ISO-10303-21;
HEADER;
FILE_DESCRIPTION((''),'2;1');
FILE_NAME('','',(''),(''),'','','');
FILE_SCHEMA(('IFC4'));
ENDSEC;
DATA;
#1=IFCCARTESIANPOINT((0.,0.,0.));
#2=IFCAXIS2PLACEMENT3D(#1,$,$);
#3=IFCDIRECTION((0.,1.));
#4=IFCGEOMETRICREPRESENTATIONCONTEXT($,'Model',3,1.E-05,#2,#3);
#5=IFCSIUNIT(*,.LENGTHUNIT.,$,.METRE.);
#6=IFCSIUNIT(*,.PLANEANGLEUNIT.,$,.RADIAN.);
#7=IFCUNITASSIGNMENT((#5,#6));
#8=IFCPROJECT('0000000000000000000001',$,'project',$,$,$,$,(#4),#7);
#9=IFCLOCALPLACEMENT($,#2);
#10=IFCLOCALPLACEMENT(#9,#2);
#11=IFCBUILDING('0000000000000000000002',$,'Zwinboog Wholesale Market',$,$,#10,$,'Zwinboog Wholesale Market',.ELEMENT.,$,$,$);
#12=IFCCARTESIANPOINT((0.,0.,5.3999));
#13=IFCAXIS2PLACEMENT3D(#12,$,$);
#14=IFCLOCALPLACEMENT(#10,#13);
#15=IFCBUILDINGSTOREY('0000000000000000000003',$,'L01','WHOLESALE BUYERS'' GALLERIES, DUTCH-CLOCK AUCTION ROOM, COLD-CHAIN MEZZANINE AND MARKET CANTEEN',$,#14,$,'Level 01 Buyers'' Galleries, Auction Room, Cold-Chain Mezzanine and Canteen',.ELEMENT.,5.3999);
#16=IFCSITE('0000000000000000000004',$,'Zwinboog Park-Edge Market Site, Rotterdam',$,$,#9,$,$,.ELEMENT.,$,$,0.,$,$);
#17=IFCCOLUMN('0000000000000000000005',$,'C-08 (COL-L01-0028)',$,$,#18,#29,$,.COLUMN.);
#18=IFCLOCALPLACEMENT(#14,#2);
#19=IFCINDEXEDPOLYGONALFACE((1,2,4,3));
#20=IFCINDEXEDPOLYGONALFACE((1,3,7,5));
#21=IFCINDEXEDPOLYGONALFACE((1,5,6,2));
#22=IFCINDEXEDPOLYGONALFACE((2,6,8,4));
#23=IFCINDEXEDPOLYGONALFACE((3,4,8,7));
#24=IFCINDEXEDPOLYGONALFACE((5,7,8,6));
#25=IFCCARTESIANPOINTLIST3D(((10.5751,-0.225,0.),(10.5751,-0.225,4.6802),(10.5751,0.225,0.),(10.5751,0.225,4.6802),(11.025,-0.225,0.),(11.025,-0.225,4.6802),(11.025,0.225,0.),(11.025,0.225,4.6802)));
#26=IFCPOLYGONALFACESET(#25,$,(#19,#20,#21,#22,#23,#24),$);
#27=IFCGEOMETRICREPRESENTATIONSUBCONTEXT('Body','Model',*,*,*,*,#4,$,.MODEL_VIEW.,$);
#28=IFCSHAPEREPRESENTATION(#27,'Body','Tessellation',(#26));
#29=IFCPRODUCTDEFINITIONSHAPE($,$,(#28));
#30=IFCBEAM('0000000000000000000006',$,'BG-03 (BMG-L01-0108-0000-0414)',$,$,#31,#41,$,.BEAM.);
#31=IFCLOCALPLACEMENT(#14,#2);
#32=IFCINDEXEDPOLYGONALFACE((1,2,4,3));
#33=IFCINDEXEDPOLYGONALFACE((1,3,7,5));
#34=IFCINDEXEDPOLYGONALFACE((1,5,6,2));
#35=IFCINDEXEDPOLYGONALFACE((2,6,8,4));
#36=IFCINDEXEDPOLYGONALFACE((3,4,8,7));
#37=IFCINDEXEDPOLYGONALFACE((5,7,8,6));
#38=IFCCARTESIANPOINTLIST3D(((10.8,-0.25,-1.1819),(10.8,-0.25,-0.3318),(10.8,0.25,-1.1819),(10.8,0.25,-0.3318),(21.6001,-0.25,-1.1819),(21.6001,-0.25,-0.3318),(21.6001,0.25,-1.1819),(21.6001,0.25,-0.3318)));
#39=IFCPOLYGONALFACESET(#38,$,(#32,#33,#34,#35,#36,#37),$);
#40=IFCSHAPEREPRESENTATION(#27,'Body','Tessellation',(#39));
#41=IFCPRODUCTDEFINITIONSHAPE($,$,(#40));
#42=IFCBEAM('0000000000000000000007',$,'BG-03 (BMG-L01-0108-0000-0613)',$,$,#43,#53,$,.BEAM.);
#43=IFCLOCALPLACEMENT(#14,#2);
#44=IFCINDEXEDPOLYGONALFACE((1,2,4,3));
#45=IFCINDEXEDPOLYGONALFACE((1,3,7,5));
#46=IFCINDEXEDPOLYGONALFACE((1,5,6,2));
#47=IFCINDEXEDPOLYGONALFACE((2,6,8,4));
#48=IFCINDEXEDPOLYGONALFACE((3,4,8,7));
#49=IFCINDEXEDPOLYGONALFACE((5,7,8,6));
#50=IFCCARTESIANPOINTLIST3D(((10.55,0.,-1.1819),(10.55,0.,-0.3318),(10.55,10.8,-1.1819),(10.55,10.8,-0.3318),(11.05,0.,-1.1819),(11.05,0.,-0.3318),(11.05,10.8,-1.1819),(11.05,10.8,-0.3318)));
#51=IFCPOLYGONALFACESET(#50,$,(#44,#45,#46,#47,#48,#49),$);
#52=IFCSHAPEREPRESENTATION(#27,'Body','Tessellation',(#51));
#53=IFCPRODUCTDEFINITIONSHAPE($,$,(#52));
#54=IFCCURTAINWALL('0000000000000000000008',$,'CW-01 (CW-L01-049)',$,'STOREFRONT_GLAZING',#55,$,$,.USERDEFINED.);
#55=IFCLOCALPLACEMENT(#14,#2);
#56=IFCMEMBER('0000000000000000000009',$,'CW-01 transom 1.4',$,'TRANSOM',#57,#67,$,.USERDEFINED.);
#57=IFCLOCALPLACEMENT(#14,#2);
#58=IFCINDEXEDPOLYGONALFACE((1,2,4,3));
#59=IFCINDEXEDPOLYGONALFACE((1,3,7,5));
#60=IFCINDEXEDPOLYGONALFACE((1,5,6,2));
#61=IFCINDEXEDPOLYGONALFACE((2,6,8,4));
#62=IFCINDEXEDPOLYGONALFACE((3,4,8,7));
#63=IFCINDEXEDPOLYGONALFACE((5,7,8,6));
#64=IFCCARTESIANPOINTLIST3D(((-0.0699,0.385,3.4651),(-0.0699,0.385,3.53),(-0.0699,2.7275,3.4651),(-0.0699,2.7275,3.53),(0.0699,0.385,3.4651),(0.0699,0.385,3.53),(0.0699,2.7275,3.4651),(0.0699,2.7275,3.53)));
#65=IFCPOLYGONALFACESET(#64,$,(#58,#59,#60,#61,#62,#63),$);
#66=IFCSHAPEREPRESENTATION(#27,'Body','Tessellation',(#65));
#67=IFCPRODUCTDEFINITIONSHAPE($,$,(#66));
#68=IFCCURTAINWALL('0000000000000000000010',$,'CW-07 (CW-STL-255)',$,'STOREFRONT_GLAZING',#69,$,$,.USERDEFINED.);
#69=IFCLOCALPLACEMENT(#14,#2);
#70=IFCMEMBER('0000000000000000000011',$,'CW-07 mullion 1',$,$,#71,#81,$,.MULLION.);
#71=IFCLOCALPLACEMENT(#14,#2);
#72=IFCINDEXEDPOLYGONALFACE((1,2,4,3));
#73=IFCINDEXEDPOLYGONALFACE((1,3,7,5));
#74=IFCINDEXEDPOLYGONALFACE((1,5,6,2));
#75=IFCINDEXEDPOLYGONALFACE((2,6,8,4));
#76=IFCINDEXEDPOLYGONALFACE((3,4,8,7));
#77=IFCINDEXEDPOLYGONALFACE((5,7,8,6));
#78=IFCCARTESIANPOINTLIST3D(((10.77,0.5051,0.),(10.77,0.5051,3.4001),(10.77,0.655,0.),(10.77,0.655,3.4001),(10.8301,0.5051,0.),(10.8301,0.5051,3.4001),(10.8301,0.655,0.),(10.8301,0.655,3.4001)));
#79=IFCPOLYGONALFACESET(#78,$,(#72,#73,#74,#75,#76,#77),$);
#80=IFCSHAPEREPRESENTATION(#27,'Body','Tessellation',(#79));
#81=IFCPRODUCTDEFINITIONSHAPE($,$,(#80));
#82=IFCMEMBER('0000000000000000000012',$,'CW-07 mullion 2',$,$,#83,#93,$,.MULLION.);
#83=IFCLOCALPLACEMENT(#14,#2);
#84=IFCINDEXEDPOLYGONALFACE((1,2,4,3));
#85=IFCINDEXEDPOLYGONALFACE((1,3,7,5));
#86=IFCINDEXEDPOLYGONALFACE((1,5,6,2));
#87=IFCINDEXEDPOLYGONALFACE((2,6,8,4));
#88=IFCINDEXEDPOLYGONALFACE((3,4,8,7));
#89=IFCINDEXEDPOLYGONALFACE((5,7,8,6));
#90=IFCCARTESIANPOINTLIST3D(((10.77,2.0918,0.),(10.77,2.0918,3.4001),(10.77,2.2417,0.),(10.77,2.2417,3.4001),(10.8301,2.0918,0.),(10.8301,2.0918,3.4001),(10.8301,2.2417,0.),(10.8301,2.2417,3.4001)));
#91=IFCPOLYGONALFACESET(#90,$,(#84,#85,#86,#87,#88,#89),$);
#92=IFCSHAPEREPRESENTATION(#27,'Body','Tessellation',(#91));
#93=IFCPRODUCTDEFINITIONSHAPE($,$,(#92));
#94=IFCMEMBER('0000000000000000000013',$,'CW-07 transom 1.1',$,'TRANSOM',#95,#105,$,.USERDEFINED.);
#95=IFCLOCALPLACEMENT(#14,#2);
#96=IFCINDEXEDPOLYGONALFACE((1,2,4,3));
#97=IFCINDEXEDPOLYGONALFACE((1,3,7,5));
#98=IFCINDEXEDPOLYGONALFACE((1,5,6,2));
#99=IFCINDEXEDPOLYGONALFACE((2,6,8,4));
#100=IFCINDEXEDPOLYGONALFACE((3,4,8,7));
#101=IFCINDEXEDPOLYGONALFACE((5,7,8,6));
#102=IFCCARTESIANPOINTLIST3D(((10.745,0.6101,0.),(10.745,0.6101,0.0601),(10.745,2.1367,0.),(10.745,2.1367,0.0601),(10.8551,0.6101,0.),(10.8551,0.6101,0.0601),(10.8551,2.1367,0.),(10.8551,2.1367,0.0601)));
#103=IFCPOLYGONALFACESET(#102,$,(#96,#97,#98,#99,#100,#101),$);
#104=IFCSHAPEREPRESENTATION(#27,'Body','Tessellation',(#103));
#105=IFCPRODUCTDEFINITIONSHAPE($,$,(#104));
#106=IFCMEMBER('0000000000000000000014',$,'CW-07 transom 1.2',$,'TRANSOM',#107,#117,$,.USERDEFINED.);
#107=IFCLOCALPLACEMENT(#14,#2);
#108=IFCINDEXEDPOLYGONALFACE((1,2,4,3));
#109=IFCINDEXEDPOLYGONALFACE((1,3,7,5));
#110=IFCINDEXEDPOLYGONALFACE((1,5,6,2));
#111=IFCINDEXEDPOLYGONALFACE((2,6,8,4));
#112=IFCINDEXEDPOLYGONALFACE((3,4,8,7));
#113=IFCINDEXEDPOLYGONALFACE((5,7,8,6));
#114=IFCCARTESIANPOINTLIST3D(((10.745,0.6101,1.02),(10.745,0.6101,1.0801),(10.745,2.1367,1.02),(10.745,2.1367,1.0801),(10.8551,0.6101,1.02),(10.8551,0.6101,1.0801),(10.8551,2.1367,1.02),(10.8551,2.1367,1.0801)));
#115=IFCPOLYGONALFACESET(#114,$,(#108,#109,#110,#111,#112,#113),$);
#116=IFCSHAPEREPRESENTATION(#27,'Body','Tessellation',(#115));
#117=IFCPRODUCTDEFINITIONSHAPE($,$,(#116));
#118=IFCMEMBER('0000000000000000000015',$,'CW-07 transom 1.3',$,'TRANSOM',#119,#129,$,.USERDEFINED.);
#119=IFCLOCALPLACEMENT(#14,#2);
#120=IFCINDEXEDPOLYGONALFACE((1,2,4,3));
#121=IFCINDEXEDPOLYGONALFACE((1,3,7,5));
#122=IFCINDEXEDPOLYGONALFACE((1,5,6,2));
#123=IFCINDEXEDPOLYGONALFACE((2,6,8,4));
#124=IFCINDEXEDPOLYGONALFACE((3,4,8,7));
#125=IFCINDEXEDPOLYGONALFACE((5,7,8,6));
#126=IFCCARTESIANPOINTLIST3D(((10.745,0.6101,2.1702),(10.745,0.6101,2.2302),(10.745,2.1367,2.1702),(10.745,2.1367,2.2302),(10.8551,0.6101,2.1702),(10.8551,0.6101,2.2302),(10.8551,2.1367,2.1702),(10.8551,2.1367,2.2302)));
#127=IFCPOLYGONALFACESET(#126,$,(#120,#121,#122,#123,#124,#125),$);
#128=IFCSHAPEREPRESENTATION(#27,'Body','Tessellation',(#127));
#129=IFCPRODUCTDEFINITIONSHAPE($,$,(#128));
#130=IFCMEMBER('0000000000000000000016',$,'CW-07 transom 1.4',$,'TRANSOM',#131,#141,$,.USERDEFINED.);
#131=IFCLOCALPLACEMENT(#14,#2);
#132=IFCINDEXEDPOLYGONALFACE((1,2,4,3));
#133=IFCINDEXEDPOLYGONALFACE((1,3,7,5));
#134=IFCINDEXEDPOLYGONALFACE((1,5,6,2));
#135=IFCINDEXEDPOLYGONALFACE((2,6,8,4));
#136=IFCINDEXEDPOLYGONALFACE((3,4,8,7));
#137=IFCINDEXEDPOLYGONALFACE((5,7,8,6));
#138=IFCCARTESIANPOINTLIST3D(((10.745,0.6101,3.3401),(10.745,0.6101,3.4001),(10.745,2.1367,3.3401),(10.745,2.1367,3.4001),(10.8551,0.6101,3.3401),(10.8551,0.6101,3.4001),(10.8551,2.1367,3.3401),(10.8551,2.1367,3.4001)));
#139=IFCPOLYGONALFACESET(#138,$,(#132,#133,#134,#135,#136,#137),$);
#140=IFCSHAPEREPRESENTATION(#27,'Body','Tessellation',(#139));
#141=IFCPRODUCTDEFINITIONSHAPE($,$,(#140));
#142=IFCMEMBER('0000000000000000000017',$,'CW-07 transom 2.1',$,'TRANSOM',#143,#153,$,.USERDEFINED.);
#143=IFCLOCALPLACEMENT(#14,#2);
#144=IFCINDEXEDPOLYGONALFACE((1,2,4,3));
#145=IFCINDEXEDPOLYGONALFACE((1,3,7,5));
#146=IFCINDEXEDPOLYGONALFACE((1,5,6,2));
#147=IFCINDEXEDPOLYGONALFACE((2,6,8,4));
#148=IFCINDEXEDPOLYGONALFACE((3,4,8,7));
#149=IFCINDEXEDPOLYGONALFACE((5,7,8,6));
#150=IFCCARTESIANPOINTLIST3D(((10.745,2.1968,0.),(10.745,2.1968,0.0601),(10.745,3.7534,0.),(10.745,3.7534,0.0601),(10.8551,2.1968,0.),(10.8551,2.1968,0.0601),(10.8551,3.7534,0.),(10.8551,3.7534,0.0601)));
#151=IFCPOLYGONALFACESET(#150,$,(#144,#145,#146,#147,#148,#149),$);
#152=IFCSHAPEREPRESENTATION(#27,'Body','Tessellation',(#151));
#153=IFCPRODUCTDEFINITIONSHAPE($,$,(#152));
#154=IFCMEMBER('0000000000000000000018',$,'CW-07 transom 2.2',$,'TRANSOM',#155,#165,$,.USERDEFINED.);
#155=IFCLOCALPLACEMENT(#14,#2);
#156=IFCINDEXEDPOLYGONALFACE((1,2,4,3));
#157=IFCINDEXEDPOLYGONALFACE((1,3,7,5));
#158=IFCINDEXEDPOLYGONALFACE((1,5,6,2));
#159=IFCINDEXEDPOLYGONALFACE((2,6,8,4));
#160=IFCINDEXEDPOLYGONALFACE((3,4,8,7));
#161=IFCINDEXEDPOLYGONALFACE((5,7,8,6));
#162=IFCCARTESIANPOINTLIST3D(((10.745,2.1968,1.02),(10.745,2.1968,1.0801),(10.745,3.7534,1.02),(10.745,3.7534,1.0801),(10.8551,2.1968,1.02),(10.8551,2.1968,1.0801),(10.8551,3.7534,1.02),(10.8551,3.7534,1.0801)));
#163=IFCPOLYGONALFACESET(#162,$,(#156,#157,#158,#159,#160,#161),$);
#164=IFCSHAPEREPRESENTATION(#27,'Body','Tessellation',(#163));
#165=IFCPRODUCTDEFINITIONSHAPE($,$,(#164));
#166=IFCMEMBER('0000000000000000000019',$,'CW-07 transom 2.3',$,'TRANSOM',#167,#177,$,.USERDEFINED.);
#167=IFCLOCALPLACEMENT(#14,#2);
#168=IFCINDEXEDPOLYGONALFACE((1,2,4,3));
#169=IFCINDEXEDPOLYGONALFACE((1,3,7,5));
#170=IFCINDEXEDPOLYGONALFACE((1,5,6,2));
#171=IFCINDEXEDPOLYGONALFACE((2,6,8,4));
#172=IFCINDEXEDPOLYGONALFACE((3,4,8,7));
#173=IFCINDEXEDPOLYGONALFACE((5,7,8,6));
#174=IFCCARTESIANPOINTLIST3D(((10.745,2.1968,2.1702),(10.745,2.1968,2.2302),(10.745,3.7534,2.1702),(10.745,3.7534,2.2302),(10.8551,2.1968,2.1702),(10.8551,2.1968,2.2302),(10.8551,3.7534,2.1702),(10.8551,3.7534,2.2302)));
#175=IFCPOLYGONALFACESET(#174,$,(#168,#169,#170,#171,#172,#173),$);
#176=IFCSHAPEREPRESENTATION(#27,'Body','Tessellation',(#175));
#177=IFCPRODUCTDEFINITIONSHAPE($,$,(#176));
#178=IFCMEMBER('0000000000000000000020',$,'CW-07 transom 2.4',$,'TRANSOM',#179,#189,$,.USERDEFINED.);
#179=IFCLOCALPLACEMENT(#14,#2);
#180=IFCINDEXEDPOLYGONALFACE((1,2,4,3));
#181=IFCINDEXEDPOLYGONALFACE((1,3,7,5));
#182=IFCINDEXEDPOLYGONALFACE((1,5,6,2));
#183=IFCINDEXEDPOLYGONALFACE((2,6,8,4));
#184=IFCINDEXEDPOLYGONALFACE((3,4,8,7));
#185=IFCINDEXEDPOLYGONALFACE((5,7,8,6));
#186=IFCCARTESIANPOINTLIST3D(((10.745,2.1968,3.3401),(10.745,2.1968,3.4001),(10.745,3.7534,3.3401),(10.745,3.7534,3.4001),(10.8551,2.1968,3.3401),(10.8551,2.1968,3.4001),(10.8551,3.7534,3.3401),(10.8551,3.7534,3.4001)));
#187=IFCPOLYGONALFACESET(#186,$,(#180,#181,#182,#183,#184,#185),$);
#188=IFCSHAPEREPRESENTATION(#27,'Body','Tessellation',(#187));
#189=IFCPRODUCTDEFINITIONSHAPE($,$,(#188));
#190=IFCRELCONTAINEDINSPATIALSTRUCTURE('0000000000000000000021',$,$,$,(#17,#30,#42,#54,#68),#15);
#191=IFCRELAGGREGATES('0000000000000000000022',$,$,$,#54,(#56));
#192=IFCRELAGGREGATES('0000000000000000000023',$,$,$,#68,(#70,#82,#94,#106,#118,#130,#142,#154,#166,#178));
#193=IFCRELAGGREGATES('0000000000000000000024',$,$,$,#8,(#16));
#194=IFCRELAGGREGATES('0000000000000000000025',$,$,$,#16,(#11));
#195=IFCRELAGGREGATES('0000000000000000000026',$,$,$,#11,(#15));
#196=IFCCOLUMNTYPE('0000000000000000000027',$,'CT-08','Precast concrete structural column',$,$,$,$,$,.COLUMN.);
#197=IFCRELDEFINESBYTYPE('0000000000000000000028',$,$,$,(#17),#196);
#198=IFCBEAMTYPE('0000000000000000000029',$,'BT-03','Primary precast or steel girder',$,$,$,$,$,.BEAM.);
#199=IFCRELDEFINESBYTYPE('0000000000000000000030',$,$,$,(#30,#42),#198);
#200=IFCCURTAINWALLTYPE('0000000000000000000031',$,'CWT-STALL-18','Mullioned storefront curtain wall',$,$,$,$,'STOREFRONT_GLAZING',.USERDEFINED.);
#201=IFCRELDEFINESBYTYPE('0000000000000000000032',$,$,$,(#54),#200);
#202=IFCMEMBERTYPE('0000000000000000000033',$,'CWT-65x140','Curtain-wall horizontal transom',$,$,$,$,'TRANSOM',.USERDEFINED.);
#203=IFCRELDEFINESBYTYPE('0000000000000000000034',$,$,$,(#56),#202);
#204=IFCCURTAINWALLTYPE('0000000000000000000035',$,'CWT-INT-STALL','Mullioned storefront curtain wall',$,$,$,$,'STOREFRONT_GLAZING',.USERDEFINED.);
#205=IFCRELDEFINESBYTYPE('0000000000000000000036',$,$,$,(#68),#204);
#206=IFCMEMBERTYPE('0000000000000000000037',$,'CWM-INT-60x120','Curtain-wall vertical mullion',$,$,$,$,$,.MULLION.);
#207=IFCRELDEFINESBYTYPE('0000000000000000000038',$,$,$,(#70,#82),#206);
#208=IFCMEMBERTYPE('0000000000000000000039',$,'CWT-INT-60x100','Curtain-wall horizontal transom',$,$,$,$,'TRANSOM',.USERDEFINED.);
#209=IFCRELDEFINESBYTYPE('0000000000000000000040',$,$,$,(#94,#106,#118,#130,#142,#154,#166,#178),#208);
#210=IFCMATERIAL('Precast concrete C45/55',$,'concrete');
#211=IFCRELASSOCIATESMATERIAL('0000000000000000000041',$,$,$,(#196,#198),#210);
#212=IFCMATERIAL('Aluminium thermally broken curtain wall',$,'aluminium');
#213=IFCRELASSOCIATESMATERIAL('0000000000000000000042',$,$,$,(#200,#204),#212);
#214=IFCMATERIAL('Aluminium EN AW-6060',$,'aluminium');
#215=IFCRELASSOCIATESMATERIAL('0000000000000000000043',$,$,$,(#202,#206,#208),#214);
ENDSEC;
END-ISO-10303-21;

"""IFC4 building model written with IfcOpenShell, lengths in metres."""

from ifc_helpers import new_model, si_unit, direction, frame, origin, origin_2d, place, context, subcontext, project, spatial, rectangle, extrude, material, material_profile, profile_set, type_object, element, aggregate, save


model = new_model("IFC4")

# Units and contexts
model_context = context("Model", 3, precision=1e-05, world=origin(), true_north=direction((0.0, 1.0)))
body_context = subcontext(model_context, "Body", "Model", "MODEL_VIEW")
ifc_project = project(units=[si_unit("LENGTHUNIT", "METRE"), si_unit("PLANEANGLEUNIT", "RADIAN")], contexts=[model_context])

# Site, building, storey
site_placement = place(None, origin())
site = spatial("IfcSite", under=ifc_project, at=site_placement, Name="Zwinboog Park-Edge Market Site, Rotterdam", CompositionType="ELEMENT", RefElevation=0.0)
building_placement = place(site_placement, origin())
building = spatial("IfcBuilding", under=site, at=building_placement, Name="Zwinboog Wholesale Market", LongName="Zwinboog Wholesale Market", CompositionType="ELEMENT")
storey_placement = place(building_placement, frame((0.0, 0.0, 5.3999)))
storey = spatial("IfcBuildingStorey", under=building, at=storey_placement, Name="L01", Description="WHOLESALE BUYERS' GALLERIES, DUTCH-CLOCK AUCTION ROOM, COLD-CHAIN MEZZANINE AND MARKET CANTEEN", LongName="Level 01 Buyers' Galleries, Auction Room, Cold-Chain Mezzanine and Canteen", CompositionType="ELEMENT", Elevation=5.3999)

# Column
ifc_material_1 = material(Name="Precast concrete C45/55", Category="concrete")
ifc_material_profile_1 = material_profile(ifc_material_1, rectangle(XDim=0.45, YDim=0.45, at=origin_2d()), Name="PC 450x450")
ifc_profile_set_1 = profile_set([ifc_material_profile_1], Name="Precast concrete C45/55")
column_type = type_object("IfcColumnType", Name="CT-08", Description="Precast concrete structural column", PredefinedType="COLUMN", material=ifc_profile_set_1)
column_placement = place(storey_placement, frame((10.8, 0.0, 0.0), z_axis=(0.0, 0.0, 1.0), x_axis=(1.0, 0.0, 0.0)))
element("IfcColumn", 1, at=column_placement, inside=storey, type_object=column_type, Name="C-08 (COL-L01-0028)", PredefinedType="COLUMN", context=body_context, shape_type="SweptSolid", body=[
    extrude(rectangle(XDim=0.45, YDim=0.45, at=origin_2d()), origin(), (0.0, 0.0, 1.0), 4.6802),
])

# Beams
ifc_material_profile_2 = material_profile(ifc_material_1, rectangle(XDim=0.5, YDim=0.8501, at=origin_2d()), Name="PC 500x850")
ifc_profile_set_2 = profile_set([ifc_material_profile_2], Name="Precast concrete C45/55")
beam_type = type_object("IfcBeamType", Name="BT-03", Description="Primary precast or steel girder", PredefinedType="BEAM", material=ifc_profile_set_2)
for number, where, z_axis, x_axis, name in (
    (2, (10.8, 0.0, -0.7568), (1.0, 0.0, 0.0), (0.0, 1.0, 0.0), "BG-03 (BMG-L01-0108-0000-0414)"),
    (3, (10.8, 0.0, -0.7568), (0.0, 1.0, 0.0), (-1.0, 0.0, 0.0), "BG-03 (BMG-L01-0108-0000-0613)"),
):
    element("IfcBeam", number, at=place(storey_placement, frame(where, z_axis=z_axis, x_axis=x_axis)), inside=storey, type_object=beam_type, Name=name, PredefinedType="BEAM", context=body_context, shape_type="SweptSolid", body=[
        extrude(rectangle(XDim=0.5, YDim=0.8501, at=origin_2d()), origin(), (0.0, 0.0, 1.0), 10.8),
    ])

# Curtain wall, member
ifc_material_2 = material(Name="Aluminium thermally broken curtain wall", Category="aluminium")
curtain_wall_type_1 = type_object("IfcCurtainWallType", Name="CWT-STALL-18", Description="Mullioned storefront curtain wall", ElementType="STOREFRONT_GLAZING", PredefinedType="USERDEFINED", material=ifc_material_2)
curtain_wall_1_placement = place(storey_placement, origin())
curtain_wall_1 = element("IfcCurtainWall", 4, at=curtain_wall_1_placement, inside=storey, type_object=curtain_wall_type_1, Name="CW-01 (CW-L01-049)", ObjectType="STOREFRONT_GLAZING", PredefinedType="USERDEFINED")
ifc_material_3 = material(Name="Aluminium EN AW-6060", Category="aluminium")
ifc_material_profile_3 = material_profile(ifc_material_3, rectangle(XDim=0.1399, YDim=0.0649, at=origin_2d()), Name="AL 65x140")
ifc_profile_set_3 = profile_set([ifc_material_profile_3], Name="Aluminium EN AW-6060")
member_type_1 = type_object("IfcMemberType", Name="CWT-65x140", Description="Curtain-wall horizontal transom", ElementType="TRANSOM", PredefinedType="USERDEFINED", material=ifc_profile_set_3)
member_1_placement = place(storey_placement, frame((0.0, 0.385, 3.4976), z_axis=(0.0, 1.0, 0.0), x_axis=(-1.0, 0.0, 0.0)))
member_1 = element("IfcMember", 5, at=member_1_placement, type_object=member_type_1, Name="CW-01 transom 1.4", ObjectType="TRANSOM", PredefinedType="USERDEFINED", context=body_context, shape_type="SweptSolid", body=[
    extrude(rectangle(XDim=0.1399, YDim=0.0649, at=origin_2d()), origin(), (0.0, 0.0, 1.0), 2.3425),
])

# Curtain wall, members
curtain_wall_type_2 = type_object("IfcCurtainWallType", Name="CWT-INT-STALL", Description="Mullioned storefront curtain wall", ElementType="STOREFRONT_GLAZING", PredefinedType="USERDEFINED", material=ifc_material_2)
curtain_wall_2_placement = place(storey_placement, origin())
curtain_wall_2 = element("IfcCurtainWall", 6, at=curtain_wall_2_placement, inside=storey, type_object=curtain_wall_type_2, Name="CW-07 (CW-STL-255)", ObjectType="STOREFRONT_GLAZING", PredefinedType="USERDEFINED")
ifc_material_profile_4 = material_profile(ifc_material_3, rectangle(XDim=0.0601, YDim=0.1499, at=origin_2d()), Name="AL 60x150")
ifc_profile_set_4 = profile_set([ifc_material_profile_4], Name="Aluminium EN AW-6060")
member_type_2 = type_object("IfcMemberType", Name="CWM-INT-60x120", Description="Curtain-wall vertical mullion", PredefinedType="MULLION", material=ifc_profile_set_4)
member_2_placement = place(storey_placement, frame((10.8, 0.5801, 0.0), z_axis=(0.0, 0.0, 1.0), x_axis=(-1.0, 0.0, 0.0)))
member_2 = element("IfcMember", 7, at=member_2_placement, type_object=member_type_2, Name="CW-07 mullion 1", PredefinedType="MULLION", context=body_context, shape_type="SweptSolid", body=[
    extrude(rectangle(XDim=0.0601, YDim=0.1499, at=origin_2d()), origin(), (0.0, 0.0, 1.0), 3.4001),
])
member_3_placement = place(storey_placement, frame((10.8, 2.1667, 0.0), z_axis=(0.0, 0.0, 1.0), x_axis=(-1.0, 0.0, 0.0)))
member_3 = element("IfcMember", 8, at=member_3_placement, type_object=member_type_2, Name="CW-07 mullion 2", PredefinedType="MULLION", context=body_context, shape_type="SweptSolid", body=[
    extrude(rectangle(XDim=0.0601, YDim=0.1499, at=origin_2d()), origin(), (0.0, 0.0, 1.0), 3.4001),
])
ifc_material_profile_5 = material_profile(ifc_material_3, rectangle(XDim=0.1101, YDim=0.0601, at=origin_2d()), Name="AL 60x110")
ifc_profile_set_5 = profile_set([ifc_material_profile_5], Name="Aluminium EN AW-6060")
member_type_3 = type_object("IfcMemberType", Name="CWT-INT-60x100", Description="Curtain-wall horizontal transom", ElementType="TRANSOM", PredefinedType="USERDEFINED", material=ifc_profile_set_5)
member_4_placement = place(storey_placement, frame((10.8, 0.6101, 0.03), z_axis=(0.0, 1.0, 0.0), x_axis=(-1.0, 0.0, 0.0)))
member_4 = element("IfcMember", 9, at=member_4_placement, type_object=member_type_3, Name="CW-07 transom 1.1", ObjectType="TRANSOM", PredefinedType="USERDEFINED", context=body_context, shape_type="SweptSolid", body=[
    extrude(rectangle(XDim=0.1101, YDim=0.0601, at=origin_2d()), origin(), (0.0, 0.0, 1.0), 1.5266),
])
member_5_placement = place(storey_placement, frame((10.8, 0.6101, 1.05), z_axis=(0.0, 1.0, 0.0), x_axis=(-1.0, 0.0, 0.0)))
member_5 = element("IfcMember", 10, at=member_5_placement, type_object=member_type_3, Name="CW-07 transom 1.2", ObjectType="TRANSOM", PredefinedType="USERDEFINED", context=body_context, shape_type="SweptSolid", body=[
    extrude(rectangle(XDim=0.1101, YDim=0.0601, at=origin_2d()), origin(), (0.0, 0.0, 1.0), 1.5266),
])
member_6_placement = place(storey_placement, frame((10.8, 0.6101, 2.2002), z_axis=(0.0, 1.0, 0.0), x_axis=(-1.0, 0.0, 0.0)))
member_6 = element("IfcMember", 11, at=member_6_placement, type_object=member_type_3, Name="CW-07 transom 1.3", ObjectType="TRANSOM", PredefinedType="USERDEFINED", context=body_context, shape_type="SweptSolid", body=[
    extrude(rectangle(XDim=0.1101, YDim=0.0601, at=origin_2d()), origin(), (0.0, 0.0, 1.0), 1.5266),
])
member_7_placement = place(storey_placement, frame((10.8, 0.6101, 3.3701), z_axis=(0.0, 1.0, 0.0), x_axis=(-1.0, 0.0, 0.0)))
member_7 = element("IfcMember", 12, at=member_7_placement, type_object=member_type_3, Name="CW-07 transom 1.4", ObjectType="TRANSOM", PredefinedType="USERDEFINED", context=body_context, shape_type="SweptSolid", body=[
    extrude(rectangle(XDim=0.1101, YDim=0.0601, at=origin_2d()), origin(), (0.0, 0.0, 1.0), 1.5266),
])
member_8_placement = place(storey_placement, frame((10.8, 2.1968, 0.03), z_axis=(0.0, 1.0, 0.0), x_axis=(-1.0, 0.0, 0.0)))
member_8 = element("IfcMember", 13, at=member_8_placement, type_object=member_type_3, Name="CW-07 transom 2.1", ObjectType="TRANSOM", PredefinedType="USERDEFINED", context=body_context, shape_type="SweptSolid", body=[
    extrude(rectangle(XDim=0.1101, YDim=0.0601, at=origin_2d()), origin(), (0.0, 0.0, 1.0), 1.5566),
])
member_9_placement = place(storey_placement, frame((10.8, 2.1968, 1.05), z_axis=(0.0, 1.0, 0.0), x_axis=(-1.0, 0.0, 0.0)))
member_9 = element("IfcMember", 14, at=member_9_placement, type_object=member_type_3, Name="CW-07 transom 2.2", ObjectType="TRANSOM", PredefinedType="USERDEFINED", context=body_context, shape_type="SweptSolid", body=[
    extrude(rectangle(XDim=0.1101, YDim=0.0601, at=origin_2d()), origin(), (0.0, 0.0, 1.0), 1.5566),
])
member_10_placement = place(storey_placement, frame((10.8, 2.1968, 2.2002), z_axis=(0.0, 1.0, 0.0), x_axis=(-1.0, 0.0, 0.0)))
member_10 = element("IfcMember", 15, at=member_10_placement, type_object=member_type_3, Name="CW-07 transom 2.3", ObjectType="TRANSOM", PredefinedType="USERDEFINED", context=body_context, shape_type="SweptSolid", body=[
    extrude(rectangle(XDim=0.1101, YDim=0.0601, at=origin_2d()), origin(), (0.0, 0.0, 1.0), 1.5566),
])
member_11_placement = place(storey_placement, frame((10.8, 2.1968, 3.3701), z_axis=(0.0, 1.0, 0.0), x_axis=(-1.0, 0.0, 0.0)))
member_11 = element("IfcMember", 16, at=member_11_placement, type_object=member_type_3, Name="CW-07 transom 2.4", ObjectType="TRANSOM", PredefinedType="USERDEFINED", context=body_context, shape_type="SweptSolid", body=[
    extrude(rectangle(XDim=0.1101, YDim=0.0601, at=origin_2d()), origin(), (0.0, 0.0, 1.0), 1.5566),
])

aggregate(curtain_wall_1, [member_1])
aggregate(curtain_wall_2, [member_2, member_3, member_4, member_5, member_6, member_7, member_8, member_9, member_10, member_11])

save(model, "model.ifc")
